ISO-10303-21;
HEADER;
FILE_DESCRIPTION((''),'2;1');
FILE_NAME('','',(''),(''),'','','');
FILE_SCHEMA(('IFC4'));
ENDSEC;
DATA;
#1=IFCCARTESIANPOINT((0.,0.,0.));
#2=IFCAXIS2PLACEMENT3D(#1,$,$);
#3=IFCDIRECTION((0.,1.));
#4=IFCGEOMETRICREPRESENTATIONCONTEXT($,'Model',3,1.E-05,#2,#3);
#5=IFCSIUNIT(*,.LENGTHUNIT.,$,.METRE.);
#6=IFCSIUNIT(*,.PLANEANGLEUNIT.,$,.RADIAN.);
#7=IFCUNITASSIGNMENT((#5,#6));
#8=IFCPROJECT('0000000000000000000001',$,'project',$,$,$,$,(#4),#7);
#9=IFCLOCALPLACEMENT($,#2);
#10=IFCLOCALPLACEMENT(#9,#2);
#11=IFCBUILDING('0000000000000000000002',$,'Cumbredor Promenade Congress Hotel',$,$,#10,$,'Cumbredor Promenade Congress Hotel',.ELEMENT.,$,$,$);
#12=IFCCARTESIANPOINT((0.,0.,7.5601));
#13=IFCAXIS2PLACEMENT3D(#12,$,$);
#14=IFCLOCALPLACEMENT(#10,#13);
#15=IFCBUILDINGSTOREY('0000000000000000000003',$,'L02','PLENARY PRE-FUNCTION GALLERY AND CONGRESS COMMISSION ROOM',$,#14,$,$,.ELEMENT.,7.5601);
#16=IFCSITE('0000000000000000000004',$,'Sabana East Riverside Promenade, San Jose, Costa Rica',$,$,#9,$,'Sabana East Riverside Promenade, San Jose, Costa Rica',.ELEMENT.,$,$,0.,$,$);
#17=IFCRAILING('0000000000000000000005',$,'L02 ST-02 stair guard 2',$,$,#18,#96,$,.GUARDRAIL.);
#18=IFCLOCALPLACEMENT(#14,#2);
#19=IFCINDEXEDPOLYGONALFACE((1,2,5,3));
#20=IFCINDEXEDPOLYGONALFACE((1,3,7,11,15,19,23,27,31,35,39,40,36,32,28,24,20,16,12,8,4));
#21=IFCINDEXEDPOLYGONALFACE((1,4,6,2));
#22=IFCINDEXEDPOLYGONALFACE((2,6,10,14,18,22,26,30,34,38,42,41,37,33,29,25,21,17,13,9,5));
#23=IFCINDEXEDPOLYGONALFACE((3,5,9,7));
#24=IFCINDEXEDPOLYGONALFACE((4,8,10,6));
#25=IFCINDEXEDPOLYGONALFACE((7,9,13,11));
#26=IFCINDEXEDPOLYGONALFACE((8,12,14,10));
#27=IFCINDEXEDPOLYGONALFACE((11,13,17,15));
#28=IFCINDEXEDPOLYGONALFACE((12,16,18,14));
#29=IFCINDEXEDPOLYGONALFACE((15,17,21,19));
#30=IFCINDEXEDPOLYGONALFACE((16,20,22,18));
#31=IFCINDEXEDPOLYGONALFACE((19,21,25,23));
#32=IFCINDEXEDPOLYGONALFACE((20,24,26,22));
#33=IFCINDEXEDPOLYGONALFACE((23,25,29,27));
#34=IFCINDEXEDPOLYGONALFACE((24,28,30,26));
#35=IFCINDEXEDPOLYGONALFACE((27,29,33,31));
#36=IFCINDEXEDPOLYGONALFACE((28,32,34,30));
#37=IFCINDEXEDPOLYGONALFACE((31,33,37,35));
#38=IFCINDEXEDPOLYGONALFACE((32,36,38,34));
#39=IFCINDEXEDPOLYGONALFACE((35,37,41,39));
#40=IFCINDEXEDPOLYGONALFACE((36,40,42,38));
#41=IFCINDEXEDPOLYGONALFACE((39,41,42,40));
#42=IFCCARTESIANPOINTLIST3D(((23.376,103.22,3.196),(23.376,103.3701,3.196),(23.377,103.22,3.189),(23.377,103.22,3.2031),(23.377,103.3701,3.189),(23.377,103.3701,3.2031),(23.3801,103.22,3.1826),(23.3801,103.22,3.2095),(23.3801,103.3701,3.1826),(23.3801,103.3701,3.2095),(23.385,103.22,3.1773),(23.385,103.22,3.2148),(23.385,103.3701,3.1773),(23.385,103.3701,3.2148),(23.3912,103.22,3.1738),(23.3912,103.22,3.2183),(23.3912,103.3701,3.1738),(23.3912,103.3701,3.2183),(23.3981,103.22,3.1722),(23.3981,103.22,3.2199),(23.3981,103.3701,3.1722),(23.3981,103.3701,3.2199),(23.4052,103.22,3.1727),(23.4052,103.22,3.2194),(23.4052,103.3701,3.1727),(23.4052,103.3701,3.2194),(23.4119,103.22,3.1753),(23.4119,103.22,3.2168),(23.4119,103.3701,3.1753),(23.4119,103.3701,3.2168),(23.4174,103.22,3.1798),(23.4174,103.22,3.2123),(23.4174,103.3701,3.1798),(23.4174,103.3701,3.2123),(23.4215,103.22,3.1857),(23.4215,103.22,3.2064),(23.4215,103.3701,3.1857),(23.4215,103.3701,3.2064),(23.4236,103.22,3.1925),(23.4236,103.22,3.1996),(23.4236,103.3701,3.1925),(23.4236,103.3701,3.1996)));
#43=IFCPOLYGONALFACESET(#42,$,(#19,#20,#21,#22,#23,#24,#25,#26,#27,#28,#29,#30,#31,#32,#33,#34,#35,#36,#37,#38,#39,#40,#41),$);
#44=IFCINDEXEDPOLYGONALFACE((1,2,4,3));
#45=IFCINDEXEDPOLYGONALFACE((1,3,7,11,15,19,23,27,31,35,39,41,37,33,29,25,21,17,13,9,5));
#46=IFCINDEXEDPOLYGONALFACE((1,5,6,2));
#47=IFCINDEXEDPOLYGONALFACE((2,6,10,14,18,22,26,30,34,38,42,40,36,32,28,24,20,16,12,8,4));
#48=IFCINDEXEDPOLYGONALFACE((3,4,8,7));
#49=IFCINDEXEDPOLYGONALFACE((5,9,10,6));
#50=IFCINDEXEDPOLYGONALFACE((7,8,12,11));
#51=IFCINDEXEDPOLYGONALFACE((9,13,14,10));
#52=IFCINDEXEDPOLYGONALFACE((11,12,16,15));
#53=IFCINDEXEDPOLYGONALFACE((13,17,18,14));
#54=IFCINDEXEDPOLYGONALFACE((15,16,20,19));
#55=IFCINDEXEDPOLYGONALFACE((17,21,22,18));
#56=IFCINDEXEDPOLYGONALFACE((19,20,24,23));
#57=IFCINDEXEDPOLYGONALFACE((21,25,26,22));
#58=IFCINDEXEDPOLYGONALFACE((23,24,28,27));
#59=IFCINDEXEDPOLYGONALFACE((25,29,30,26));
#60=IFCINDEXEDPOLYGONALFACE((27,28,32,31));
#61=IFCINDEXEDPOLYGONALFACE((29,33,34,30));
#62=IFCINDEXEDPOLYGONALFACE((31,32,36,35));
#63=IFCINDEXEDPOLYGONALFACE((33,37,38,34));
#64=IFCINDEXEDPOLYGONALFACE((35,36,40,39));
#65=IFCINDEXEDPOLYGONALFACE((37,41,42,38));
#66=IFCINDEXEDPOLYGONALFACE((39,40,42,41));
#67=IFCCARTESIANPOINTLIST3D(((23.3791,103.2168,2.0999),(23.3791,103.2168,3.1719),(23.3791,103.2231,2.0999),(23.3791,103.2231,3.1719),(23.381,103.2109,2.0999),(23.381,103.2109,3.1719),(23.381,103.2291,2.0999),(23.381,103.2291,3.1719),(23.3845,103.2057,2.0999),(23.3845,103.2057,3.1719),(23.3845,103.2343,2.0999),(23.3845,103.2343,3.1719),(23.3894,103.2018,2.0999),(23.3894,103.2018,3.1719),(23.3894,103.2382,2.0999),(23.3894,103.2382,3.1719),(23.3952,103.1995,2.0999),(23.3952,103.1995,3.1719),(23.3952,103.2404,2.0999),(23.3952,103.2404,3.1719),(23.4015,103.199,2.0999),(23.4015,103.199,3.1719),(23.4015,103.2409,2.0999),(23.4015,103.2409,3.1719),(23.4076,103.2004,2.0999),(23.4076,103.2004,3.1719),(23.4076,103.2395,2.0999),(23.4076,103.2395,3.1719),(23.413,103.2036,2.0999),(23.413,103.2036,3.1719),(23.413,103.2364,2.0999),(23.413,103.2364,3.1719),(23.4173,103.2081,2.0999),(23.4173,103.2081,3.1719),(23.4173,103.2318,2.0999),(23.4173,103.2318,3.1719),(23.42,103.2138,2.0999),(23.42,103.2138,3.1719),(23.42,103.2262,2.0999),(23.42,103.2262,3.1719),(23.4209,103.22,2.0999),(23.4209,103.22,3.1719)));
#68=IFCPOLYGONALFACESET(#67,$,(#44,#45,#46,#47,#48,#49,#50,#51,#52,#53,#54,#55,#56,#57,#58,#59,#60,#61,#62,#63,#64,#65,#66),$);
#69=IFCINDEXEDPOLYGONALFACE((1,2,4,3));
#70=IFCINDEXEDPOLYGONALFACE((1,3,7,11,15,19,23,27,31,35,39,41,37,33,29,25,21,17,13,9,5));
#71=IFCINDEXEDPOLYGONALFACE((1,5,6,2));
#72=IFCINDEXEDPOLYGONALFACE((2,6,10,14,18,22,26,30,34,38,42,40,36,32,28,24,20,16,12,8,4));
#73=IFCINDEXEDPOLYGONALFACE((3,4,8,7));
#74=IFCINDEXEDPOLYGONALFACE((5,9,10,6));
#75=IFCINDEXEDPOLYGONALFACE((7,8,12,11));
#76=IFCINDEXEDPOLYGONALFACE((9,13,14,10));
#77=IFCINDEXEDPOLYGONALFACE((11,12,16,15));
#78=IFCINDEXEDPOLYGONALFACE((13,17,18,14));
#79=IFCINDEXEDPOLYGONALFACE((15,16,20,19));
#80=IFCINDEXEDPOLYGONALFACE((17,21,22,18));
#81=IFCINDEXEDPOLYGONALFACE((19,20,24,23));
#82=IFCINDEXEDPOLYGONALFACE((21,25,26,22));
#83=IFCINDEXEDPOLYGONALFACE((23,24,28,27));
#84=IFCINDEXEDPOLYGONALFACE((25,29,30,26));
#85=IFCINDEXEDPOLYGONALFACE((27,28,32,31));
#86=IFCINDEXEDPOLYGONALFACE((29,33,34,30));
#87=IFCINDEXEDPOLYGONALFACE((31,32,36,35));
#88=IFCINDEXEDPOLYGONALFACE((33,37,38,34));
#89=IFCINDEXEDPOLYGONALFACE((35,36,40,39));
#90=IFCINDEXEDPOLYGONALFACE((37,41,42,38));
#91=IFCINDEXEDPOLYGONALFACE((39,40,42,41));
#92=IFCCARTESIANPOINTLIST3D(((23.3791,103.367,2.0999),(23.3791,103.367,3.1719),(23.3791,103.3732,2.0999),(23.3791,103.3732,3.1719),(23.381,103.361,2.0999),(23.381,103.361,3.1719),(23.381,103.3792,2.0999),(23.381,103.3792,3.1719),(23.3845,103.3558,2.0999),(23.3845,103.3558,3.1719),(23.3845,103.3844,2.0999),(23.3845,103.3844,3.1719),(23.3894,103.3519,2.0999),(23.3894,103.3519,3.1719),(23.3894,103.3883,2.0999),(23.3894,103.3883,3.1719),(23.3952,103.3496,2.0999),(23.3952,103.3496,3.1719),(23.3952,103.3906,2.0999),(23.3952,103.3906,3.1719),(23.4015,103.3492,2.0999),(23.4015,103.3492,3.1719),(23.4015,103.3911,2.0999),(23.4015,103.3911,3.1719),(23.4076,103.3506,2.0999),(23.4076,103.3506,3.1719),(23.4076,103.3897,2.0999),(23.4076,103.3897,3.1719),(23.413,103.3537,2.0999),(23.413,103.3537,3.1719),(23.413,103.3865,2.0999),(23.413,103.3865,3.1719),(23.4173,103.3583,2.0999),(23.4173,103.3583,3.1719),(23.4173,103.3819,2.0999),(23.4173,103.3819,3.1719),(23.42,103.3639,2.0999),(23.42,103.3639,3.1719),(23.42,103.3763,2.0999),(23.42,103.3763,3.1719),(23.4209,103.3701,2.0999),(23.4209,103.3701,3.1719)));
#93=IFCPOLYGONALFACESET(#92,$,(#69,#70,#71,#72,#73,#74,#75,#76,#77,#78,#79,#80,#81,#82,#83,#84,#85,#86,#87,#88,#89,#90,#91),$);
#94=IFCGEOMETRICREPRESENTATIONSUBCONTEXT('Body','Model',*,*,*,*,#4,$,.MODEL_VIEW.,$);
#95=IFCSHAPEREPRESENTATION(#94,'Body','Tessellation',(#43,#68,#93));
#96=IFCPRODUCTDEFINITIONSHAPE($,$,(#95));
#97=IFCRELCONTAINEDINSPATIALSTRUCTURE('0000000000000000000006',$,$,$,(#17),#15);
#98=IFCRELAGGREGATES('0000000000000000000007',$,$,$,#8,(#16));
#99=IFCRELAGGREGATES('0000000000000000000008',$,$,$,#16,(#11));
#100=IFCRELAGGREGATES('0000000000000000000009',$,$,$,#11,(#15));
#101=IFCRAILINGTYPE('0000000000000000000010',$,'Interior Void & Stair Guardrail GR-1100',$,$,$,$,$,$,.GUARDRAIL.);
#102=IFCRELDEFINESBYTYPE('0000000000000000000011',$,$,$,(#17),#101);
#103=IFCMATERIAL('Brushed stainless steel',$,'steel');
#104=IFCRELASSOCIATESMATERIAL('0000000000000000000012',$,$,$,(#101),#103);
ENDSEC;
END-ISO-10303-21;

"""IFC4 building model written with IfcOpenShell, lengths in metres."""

from ifc_helpers import new_model, si_unit, direction, frame, origin, origin_2d, place, context, subcontext, project, spatial, circle, extrude, material, type_object, element, save


model = new_model("IFC4")

# Units and contexts
model_context = context("Model", 3, precision=1e-05, world=origin(), true_north=direction((0.0, 1.0)))
body_context = subcontext(model_context, "Body", "Model", "MODEL_VIEW")
ifc_project = project(units=[si_unit("LENGTHUNIT", "METRE"), si_unit("PLANEANGLEUNIT", "RADIAN")], contexts=[model_context])

# Site, building, storey
site_placement = place(None, origin())
site = spatial("IfcSite", under=ifc_project, at=site_placement, Name="Sabana East Riverside Promenade, San Jose, Costa Rica", LongName="Sabana East Riverside Promenade, San Jose, Costa Rica", CompositionType="ELEMENT", RefElevation=0.0)
building_placement = place(site_placement, origin())
building = spatial("IfcBuilding", under=site, at=building_placement, Name="Cumbredor Promenade Congress Hotel", LongName="Cumbredor Promenade Congress Hotel", CompositionType="ELEMENT")
storey_placement = place(building_placement, frame((0.0, 0.0, 7.5601)))
storey = spatial("IfcBuildingStorey", under=building, at=storey_placement, Name="L02", Description="PLENARY PRE-FUNCTION GALLERY AND CONGRESS COMMISSION ROOM", CompositionType="ELEMENT", Elevation=7.5601)

# Shared definitions
ifc_material_1 = material(Name="Brushed stainless steel", Category="steel")

# Railing
railing_type_1 = type_object("IfcRailingType", Name="Interior Void & Stair Guardrail GR-1100", PredefinedType="GUARDRAIL", material=ifc_material_1)
railing_1_placement = place(storey_placement, frame((23.3999, 103.22, 2.0999)))
element("IfcRailing", 1, at=railing_1_placement, inside=storey, type_object=railing_type_1, Name="L02 ST-02 stair guard 2", PredefinedType="GUARDRAIL", context=body_context, shape_type="SweptSolid", body=[
    extrude(circle(Radius=0.0239, at=origin_2d()), frame((0.0, 0.0, 1.0962), z_axis=(0.0, 1.0, 0.0), x_axis=(-1.0, 0.0, 0.0)), (0.0, 0.0, 1.0), 0.1501),
    extrude(circle(Radius=0.021, at=origin_2d()), origin(), (0.0, 0.0, 1.0), 1.072),
    extrude(circle(Radius=0.021, at=origin_2d()), frame((0.0, 0.1501, 0.0)), (0.0, 0.0, 1.0), 1.072),
])

save(model, "model.ifc")
